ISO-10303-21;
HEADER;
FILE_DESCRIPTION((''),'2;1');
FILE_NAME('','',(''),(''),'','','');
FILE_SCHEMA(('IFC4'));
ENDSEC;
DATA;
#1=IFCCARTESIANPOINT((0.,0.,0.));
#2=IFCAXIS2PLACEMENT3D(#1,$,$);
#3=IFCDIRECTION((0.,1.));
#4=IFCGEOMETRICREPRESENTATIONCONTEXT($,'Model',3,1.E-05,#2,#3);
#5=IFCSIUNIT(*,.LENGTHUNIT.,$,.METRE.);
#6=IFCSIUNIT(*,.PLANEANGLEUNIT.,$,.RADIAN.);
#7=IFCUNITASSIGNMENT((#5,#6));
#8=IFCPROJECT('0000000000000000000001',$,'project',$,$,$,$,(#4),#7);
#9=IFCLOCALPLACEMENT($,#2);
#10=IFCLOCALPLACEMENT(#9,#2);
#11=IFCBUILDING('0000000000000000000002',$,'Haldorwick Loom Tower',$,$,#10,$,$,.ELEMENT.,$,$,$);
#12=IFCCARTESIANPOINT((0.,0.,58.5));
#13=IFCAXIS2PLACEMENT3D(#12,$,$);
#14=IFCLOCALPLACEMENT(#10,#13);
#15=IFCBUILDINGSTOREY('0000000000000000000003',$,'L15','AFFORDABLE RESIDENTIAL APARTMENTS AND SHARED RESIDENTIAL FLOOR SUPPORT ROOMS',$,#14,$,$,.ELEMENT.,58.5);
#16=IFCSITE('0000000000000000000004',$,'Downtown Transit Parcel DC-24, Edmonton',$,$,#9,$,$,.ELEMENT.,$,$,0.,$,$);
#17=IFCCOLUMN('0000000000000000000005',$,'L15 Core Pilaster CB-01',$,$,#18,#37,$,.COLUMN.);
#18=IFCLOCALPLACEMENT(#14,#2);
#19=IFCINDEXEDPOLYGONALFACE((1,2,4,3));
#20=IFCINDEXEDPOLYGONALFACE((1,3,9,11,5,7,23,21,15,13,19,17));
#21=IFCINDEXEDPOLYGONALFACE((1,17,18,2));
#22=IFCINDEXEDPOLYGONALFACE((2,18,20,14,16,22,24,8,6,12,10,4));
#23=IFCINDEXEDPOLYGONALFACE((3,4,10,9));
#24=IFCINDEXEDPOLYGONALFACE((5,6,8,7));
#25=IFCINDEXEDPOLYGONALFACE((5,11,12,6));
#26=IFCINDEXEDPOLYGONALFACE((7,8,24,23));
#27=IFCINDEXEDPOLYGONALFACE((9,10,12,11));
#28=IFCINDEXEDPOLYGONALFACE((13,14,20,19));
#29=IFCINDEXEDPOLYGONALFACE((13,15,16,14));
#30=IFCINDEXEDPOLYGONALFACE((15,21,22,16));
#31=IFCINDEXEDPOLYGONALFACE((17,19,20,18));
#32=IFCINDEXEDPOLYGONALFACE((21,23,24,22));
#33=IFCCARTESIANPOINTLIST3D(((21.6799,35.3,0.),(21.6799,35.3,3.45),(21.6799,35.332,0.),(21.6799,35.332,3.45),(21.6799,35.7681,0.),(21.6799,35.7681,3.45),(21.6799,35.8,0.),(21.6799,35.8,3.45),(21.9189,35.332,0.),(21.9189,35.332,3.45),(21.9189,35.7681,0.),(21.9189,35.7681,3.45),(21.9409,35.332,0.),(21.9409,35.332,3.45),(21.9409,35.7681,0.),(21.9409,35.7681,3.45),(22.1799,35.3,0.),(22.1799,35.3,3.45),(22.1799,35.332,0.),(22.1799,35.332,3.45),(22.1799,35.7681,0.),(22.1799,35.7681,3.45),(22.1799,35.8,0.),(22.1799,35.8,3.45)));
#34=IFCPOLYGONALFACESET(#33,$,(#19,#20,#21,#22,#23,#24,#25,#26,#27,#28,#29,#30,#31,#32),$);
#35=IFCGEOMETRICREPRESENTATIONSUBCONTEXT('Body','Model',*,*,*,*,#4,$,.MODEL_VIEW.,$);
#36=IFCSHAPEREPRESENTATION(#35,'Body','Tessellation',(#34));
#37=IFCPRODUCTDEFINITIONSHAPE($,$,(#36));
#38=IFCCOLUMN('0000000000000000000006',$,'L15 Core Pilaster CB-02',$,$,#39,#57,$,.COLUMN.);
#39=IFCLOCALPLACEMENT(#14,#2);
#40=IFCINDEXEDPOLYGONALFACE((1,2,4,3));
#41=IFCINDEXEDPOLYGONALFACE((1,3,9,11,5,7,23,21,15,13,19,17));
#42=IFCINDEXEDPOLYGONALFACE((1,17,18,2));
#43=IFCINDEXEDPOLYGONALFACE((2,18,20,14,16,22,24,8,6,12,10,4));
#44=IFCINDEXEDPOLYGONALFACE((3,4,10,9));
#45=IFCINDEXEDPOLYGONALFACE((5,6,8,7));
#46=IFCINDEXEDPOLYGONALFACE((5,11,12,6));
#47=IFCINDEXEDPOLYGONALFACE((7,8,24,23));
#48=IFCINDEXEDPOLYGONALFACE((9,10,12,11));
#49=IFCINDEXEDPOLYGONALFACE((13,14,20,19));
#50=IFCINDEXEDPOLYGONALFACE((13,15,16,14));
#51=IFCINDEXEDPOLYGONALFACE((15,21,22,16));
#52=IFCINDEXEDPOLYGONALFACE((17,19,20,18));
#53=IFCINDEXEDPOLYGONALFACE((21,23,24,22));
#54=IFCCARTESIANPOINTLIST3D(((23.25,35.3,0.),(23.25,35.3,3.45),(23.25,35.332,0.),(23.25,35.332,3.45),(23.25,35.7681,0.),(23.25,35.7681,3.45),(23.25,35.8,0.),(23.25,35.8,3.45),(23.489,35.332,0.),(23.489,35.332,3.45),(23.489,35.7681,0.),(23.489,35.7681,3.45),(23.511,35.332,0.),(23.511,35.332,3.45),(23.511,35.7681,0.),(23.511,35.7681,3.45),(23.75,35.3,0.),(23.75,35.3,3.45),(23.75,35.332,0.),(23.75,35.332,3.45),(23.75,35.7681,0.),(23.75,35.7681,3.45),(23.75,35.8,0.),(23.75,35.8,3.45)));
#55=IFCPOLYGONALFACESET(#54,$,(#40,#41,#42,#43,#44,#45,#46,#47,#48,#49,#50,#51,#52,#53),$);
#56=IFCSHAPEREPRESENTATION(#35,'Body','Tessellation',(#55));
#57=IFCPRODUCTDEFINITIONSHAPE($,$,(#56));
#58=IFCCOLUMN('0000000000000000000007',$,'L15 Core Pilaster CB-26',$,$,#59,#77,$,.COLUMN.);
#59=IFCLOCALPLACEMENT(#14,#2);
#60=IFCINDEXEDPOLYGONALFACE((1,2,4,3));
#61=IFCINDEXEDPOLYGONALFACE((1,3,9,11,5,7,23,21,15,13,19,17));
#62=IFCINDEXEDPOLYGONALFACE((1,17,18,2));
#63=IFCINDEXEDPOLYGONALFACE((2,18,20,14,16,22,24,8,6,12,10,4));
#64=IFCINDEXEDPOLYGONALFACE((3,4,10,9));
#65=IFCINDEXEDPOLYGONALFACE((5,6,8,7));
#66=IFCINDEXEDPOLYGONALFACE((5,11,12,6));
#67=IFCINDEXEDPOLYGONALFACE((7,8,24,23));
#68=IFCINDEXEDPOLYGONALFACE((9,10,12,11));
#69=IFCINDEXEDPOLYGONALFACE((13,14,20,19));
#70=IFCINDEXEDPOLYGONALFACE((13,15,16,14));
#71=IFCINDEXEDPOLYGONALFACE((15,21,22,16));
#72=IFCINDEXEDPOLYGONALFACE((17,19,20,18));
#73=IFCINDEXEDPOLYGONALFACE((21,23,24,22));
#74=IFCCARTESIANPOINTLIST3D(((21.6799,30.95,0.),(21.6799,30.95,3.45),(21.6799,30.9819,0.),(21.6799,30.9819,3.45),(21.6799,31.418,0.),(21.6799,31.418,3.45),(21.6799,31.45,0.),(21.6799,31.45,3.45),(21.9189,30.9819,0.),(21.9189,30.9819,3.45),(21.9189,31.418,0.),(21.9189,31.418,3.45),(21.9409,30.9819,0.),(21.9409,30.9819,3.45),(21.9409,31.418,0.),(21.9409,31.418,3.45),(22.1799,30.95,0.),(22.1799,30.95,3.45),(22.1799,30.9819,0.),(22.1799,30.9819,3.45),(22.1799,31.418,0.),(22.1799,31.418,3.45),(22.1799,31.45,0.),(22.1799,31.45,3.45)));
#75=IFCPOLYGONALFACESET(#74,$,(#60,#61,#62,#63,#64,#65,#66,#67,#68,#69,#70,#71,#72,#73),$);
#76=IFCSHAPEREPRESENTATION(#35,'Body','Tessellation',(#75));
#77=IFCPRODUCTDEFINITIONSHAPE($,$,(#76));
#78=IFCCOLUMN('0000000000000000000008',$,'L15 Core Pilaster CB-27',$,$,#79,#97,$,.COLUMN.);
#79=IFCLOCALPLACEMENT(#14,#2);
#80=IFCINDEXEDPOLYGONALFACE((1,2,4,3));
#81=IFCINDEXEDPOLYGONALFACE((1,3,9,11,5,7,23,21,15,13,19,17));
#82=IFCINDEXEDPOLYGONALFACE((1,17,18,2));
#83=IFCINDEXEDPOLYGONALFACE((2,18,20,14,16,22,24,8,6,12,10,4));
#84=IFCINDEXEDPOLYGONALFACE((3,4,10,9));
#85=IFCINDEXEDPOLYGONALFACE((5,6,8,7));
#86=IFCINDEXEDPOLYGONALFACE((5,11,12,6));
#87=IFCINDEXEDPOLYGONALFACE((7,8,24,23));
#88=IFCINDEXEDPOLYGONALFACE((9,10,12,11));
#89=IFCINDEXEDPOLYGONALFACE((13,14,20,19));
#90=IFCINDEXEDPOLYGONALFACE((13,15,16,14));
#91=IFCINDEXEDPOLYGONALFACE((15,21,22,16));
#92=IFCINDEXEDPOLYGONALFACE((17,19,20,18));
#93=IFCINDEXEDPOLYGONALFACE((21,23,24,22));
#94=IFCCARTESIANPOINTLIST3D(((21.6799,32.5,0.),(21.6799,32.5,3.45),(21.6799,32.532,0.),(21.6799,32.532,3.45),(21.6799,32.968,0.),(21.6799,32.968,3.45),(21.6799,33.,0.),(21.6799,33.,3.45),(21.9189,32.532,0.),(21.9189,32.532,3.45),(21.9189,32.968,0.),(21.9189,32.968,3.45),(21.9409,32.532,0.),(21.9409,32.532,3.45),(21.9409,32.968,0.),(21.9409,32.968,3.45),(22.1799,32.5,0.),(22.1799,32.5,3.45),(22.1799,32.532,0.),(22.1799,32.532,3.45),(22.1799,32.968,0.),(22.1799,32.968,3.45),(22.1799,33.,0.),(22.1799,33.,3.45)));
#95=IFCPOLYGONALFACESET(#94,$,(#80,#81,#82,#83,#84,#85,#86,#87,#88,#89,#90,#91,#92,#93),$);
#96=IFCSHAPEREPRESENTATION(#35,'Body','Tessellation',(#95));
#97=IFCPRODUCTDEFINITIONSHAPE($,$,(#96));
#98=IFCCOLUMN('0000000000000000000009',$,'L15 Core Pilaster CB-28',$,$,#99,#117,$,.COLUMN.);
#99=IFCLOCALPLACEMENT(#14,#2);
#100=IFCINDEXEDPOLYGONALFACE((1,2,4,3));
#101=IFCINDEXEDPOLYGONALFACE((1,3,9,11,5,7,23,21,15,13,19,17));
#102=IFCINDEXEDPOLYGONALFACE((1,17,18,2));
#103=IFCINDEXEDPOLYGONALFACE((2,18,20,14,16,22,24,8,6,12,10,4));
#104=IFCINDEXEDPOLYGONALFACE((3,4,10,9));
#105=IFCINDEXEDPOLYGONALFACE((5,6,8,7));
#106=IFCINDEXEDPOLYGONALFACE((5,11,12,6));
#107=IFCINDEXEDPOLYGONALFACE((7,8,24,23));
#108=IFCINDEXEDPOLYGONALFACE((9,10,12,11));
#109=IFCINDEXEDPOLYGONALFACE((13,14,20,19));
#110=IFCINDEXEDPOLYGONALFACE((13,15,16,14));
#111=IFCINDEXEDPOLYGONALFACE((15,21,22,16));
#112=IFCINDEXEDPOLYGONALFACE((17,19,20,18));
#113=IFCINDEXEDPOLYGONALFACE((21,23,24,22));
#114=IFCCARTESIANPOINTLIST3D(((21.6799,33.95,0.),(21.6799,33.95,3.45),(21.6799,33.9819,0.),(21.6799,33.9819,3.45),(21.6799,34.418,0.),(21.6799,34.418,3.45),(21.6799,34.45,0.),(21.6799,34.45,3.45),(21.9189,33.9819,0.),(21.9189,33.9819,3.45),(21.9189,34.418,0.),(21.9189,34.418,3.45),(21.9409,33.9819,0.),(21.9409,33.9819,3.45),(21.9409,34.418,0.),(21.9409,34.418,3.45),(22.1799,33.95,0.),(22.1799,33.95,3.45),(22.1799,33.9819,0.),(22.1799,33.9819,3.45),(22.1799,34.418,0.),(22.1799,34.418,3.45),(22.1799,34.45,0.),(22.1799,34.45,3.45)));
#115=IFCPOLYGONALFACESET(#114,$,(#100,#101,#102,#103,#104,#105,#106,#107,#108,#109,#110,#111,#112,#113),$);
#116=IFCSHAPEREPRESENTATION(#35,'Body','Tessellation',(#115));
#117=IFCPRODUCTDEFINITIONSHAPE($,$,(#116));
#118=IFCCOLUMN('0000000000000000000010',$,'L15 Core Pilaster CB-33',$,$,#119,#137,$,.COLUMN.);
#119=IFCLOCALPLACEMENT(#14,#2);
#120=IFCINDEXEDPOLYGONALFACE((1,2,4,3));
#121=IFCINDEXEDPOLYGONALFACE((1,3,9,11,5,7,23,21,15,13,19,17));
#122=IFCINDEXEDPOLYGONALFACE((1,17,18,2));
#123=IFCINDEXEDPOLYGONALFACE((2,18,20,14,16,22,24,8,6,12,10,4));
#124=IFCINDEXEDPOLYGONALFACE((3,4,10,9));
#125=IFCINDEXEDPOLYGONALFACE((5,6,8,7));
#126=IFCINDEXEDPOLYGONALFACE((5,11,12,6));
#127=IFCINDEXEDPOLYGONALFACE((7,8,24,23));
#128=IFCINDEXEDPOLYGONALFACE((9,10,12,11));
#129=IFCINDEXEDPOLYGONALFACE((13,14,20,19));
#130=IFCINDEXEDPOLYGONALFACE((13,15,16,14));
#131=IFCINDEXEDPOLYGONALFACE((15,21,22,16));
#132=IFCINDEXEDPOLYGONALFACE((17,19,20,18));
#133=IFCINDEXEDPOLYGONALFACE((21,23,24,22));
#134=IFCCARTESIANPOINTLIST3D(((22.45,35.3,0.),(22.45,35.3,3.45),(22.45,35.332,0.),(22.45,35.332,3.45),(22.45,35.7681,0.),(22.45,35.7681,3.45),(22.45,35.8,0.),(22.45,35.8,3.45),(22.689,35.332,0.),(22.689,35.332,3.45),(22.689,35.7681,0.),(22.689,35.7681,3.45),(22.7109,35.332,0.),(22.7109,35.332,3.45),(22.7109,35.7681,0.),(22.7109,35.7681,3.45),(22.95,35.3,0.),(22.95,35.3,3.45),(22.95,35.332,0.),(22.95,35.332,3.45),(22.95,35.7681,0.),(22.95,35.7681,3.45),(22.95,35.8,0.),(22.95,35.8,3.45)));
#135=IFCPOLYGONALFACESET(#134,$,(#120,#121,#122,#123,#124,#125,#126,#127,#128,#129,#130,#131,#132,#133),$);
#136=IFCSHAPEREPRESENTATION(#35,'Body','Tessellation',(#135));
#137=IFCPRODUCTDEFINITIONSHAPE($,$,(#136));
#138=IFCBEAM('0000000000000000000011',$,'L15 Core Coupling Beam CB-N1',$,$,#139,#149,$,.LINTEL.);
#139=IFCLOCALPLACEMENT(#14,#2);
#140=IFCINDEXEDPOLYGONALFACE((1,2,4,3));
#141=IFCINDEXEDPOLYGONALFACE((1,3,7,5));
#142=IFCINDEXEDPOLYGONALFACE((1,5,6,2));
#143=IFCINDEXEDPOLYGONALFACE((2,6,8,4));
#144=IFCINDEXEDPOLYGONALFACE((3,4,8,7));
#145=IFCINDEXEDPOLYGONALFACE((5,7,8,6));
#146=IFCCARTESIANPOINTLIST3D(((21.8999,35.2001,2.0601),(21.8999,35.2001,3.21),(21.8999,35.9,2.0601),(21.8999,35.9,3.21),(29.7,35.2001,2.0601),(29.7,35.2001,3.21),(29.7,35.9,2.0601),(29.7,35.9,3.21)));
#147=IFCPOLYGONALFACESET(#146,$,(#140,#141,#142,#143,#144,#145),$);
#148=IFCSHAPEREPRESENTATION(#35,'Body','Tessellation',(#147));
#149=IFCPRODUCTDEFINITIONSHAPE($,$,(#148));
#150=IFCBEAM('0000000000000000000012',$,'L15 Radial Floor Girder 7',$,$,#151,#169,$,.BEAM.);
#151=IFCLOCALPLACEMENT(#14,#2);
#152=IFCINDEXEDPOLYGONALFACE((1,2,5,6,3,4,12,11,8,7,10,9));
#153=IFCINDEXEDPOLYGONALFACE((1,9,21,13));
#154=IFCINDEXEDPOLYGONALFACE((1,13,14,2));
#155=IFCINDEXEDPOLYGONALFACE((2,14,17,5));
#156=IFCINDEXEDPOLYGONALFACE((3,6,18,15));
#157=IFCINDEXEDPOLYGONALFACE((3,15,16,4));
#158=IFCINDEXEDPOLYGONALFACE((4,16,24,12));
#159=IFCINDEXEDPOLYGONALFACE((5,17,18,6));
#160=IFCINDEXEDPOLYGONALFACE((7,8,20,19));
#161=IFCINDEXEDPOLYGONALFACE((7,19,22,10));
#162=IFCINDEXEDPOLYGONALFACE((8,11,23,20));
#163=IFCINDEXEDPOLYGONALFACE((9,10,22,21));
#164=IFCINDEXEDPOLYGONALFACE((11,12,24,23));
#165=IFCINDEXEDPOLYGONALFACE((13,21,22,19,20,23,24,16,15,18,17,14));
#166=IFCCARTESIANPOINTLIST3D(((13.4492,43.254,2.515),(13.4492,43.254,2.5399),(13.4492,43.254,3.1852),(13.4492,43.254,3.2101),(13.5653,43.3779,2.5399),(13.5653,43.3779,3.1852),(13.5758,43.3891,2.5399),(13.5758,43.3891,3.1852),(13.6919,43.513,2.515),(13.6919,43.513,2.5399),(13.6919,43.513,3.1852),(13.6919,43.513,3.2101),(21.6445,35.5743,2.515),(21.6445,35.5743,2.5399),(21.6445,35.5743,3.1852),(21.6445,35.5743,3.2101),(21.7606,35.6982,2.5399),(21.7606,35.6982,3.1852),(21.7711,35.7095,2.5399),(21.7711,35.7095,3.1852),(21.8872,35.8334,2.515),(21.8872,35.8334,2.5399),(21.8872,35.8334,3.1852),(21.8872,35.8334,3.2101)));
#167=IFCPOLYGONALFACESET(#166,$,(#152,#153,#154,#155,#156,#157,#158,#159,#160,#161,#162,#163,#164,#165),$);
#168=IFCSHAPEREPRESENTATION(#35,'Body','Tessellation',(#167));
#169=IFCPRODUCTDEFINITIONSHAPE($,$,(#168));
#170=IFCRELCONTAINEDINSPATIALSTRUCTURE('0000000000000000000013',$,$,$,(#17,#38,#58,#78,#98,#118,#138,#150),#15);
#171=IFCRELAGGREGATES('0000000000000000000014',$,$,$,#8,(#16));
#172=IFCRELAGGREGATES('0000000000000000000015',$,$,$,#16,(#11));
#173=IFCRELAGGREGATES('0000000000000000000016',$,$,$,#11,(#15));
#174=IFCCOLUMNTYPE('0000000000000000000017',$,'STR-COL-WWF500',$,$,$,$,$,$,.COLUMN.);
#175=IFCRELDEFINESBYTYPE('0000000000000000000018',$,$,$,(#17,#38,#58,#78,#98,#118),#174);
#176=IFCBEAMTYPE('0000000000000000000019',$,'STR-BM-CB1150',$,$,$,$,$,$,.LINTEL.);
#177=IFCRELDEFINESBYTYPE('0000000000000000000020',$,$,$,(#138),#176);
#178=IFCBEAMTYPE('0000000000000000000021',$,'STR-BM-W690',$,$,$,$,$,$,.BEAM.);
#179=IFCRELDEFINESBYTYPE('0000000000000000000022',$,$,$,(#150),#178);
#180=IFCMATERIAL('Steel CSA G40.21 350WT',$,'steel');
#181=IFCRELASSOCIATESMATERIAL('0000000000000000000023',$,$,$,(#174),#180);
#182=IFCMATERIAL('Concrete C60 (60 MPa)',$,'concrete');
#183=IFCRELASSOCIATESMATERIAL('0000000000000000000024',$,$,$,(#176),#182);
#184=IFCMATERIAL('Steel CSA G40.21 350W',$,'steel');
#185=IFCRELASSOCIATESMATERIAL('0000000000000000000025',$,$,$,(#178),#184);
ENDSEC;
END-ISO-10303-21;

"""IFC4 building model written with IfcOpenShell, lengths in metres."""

from ifc_helpers import new_model, si_unit, direction, frame, origin, origin_2d, place, context, subcontext, project, spatial, rectangle, i_section, extrude, material, material_profile, profile_set, type_object, element, save


model = new_model("IFC4")

# Units and contexts
model_context = context("Model", 3, precision=1e-05, world=origin(), true_north=direction((0.0, 1.0)))
body_context = subcontext(model_context, "Body", "Model", "MODEL_VIEW")
ifc_project = project(units=[si_unit("LENGTHUNIT", "METRE"), si_unit("PLANEANGLEUNIT", "RADIAN")], contexts=[model_context])

# Site, building, storey
site_placement = place(None, origin())
site = spatial("IfcSite", under=ifc_project, at=site_placement, Name="Downtown Transit Parcel DC-24, Edmonton", CompositionType="ELEMENT", RefElevation=0.0)
building_placement = place(site_placement, origin())
building = spatial("IfcBuilding", under=site, at=building_placement, Name="Haldorwick Loom Tower", CompositionType="ELEMENT")
storey_placement = place(building_placement, frame((0.0, 0.0, 58.5)))
storey = spatial("IfcBuildingStorey", under=building, at=storey_placement, Name="L15", Description="AFFORDABLE RESIDENTIAL APARTMENTS AND SHARED RESIDENTIAL FLOOR SUPPORT ROOMS", CompositionType="ELEMENT", Elevation=58.5)

# Columns
ifc_material_1 = material(Name="Steel CSA G40.21 350WT", Category="steel")
ifc_material_profile_1 = material_profile(ifc_material_1, i_section(OverallWidth=0.5, OverallDepth=0.5, WebThickness=0.022, FlangeThickness=0.032, at=origin_2d()), Name="WWF500X500", Category="steel")
ifc_profile_set_1 = profile_set([ifc_material_profile_1], Name="Steel CSA G40.21 350WT")
column_type = type_object("IfcColumnType", Name="STR-COL-WWF500", PredefinedType="COLUMN", material=ifc_profile_set_1)
for number, where, z_axis, x_axis, name in (
    (1, (21.9299, 35.55, 0.0), (0.0, 0.0, 1.0), (1.0, 0.0, 0.0), "L15 Core Pilaster CB-01"),
    (2, (23.5, 35.55, 0.0), (0.0, 0.0, 1.0), (1.0, 0.0, 0.0), "L15 Core Pilaster CB-02"),
    (3, (21.9299, 31.2, 0.0), (0.0, 0.0, 1.0), (1.0, 0.0, 0.0), "L15 Core Pilaster CB-26"),
    (4, (21.9299, 32.75, 0.0), (0.0, 0.0, 1.0), (1.0, 0.0, 0.0), "L15 Core Pilaster CB-27"),
    (5, (21.9299, 34.2, 0.0), (0.0, 0.0, 1.0), (1.0, 0.0, 0.0), "L15 Core Pilaster CB-28"),
    (6, (22.7, 35.55, 0.0), (0.0, 0.0, 1.0), (1.0, 0.0, 0.0), "L15 Core Pilaster CB-33"),
):
    element("IfcColumn", number, at=place(storey_placement, frame(where, z_axis=z_axis, x_axis=x_axis)), inside=storey, type_object=column_type, Name=name, PredefinedType="COLUMN", context=body_context, shape_type="SweptSolid", body=[
        extrude(i_section(OverallWidth=0.5, OverallDepth=0.5, WebThickness=0.022, FlangeThickness=0.032, at=origin_2d()), origin(), (0.0, 0.0, 1.0), 3.45),
    ])

# Beams
ifc_material_2 = material(Name="Concrete C60 (60 MPa)", Category="concrete")
ifc_material_profile_2 = material_profile(ifc_material_2, rectangle(XDim=0.7, YDim=1.1499, at=origin_2d()), Name="RC700X1150", Category="concrete")
ifc_profile_set_2 = profile_set([ifc_material_profile_2], Name="Concrete C60 (60 MPa)")
beam_type_1 = type_object("IfcBeamType", Name="STR-BM-CB1150", PredefinedType="LINTEL", material=ifc_profile_set_2)
beam_1_placement = place(storey_placement, frame((21.8999, 35.55, 2.635), z_axis=(1.0, 0.0, 0.0), x_axis=(0.0, 1.0, 0.0)))
element("IfcBeam", 7, at=beam_1_placement, inside=storey, type_object=beam_type_1, Name="L15 Core Coupling Beam CB-N1", PredefinedType="LINTEL", context=body_context, shape_type="SweptSolid", body=[
    extrude(rectangle(XDim=0.7, YDim=1.1499, at=origin_2d()), origin(), (0.0, 0.0, 1.0), 7.8),
])
ifc_material_3 = material(Name="Steel CSA G40.21 350W", Category="steel")
ifc_material_profile_3 = material_profile(ifc_material_3, i_section(OverallWidth=0.355, OverallDepth=0.6951, WebThickness=0.0154, FlangeThickness=0.0249, at=origin_2d()), Name="W690X217", Category="steel")
ifc_profile_set_3 = profile_set([ifc_material_profile_3], Name="Steel CSA G40.21 350W")
beam_type_2 = type_object("IfcBeamType", Name="STR-BM-W690", PredefinedType="BEAM", material=ifc_profile_set_3)
beam_2_placement = place(storey_placement, frame((21.7659, 35.7039, 2.8625), z_axis=(-0.729689, 0.683779, 0.0), x_axis=(-0.683779, -0.729689, 0.0)))
element("IfcBeam", 8, at=beam_2_placement, inside=storey, type_object=beam_type_2, Name="L15 Radial Floor Girder 7", PredefinedType="BEAM", context=body_context, shape_type="SweptSolid", body=[
    extrude(i_section(OverallWidth=0.355, OverallDepth=0.6951, WebThickness=0.0154, FlangeThickness=0.0249, at=origin_2d()), origin(), (0.0, 0.0, 1.0), 11.2312),
])

save(model, "model.ifc")
